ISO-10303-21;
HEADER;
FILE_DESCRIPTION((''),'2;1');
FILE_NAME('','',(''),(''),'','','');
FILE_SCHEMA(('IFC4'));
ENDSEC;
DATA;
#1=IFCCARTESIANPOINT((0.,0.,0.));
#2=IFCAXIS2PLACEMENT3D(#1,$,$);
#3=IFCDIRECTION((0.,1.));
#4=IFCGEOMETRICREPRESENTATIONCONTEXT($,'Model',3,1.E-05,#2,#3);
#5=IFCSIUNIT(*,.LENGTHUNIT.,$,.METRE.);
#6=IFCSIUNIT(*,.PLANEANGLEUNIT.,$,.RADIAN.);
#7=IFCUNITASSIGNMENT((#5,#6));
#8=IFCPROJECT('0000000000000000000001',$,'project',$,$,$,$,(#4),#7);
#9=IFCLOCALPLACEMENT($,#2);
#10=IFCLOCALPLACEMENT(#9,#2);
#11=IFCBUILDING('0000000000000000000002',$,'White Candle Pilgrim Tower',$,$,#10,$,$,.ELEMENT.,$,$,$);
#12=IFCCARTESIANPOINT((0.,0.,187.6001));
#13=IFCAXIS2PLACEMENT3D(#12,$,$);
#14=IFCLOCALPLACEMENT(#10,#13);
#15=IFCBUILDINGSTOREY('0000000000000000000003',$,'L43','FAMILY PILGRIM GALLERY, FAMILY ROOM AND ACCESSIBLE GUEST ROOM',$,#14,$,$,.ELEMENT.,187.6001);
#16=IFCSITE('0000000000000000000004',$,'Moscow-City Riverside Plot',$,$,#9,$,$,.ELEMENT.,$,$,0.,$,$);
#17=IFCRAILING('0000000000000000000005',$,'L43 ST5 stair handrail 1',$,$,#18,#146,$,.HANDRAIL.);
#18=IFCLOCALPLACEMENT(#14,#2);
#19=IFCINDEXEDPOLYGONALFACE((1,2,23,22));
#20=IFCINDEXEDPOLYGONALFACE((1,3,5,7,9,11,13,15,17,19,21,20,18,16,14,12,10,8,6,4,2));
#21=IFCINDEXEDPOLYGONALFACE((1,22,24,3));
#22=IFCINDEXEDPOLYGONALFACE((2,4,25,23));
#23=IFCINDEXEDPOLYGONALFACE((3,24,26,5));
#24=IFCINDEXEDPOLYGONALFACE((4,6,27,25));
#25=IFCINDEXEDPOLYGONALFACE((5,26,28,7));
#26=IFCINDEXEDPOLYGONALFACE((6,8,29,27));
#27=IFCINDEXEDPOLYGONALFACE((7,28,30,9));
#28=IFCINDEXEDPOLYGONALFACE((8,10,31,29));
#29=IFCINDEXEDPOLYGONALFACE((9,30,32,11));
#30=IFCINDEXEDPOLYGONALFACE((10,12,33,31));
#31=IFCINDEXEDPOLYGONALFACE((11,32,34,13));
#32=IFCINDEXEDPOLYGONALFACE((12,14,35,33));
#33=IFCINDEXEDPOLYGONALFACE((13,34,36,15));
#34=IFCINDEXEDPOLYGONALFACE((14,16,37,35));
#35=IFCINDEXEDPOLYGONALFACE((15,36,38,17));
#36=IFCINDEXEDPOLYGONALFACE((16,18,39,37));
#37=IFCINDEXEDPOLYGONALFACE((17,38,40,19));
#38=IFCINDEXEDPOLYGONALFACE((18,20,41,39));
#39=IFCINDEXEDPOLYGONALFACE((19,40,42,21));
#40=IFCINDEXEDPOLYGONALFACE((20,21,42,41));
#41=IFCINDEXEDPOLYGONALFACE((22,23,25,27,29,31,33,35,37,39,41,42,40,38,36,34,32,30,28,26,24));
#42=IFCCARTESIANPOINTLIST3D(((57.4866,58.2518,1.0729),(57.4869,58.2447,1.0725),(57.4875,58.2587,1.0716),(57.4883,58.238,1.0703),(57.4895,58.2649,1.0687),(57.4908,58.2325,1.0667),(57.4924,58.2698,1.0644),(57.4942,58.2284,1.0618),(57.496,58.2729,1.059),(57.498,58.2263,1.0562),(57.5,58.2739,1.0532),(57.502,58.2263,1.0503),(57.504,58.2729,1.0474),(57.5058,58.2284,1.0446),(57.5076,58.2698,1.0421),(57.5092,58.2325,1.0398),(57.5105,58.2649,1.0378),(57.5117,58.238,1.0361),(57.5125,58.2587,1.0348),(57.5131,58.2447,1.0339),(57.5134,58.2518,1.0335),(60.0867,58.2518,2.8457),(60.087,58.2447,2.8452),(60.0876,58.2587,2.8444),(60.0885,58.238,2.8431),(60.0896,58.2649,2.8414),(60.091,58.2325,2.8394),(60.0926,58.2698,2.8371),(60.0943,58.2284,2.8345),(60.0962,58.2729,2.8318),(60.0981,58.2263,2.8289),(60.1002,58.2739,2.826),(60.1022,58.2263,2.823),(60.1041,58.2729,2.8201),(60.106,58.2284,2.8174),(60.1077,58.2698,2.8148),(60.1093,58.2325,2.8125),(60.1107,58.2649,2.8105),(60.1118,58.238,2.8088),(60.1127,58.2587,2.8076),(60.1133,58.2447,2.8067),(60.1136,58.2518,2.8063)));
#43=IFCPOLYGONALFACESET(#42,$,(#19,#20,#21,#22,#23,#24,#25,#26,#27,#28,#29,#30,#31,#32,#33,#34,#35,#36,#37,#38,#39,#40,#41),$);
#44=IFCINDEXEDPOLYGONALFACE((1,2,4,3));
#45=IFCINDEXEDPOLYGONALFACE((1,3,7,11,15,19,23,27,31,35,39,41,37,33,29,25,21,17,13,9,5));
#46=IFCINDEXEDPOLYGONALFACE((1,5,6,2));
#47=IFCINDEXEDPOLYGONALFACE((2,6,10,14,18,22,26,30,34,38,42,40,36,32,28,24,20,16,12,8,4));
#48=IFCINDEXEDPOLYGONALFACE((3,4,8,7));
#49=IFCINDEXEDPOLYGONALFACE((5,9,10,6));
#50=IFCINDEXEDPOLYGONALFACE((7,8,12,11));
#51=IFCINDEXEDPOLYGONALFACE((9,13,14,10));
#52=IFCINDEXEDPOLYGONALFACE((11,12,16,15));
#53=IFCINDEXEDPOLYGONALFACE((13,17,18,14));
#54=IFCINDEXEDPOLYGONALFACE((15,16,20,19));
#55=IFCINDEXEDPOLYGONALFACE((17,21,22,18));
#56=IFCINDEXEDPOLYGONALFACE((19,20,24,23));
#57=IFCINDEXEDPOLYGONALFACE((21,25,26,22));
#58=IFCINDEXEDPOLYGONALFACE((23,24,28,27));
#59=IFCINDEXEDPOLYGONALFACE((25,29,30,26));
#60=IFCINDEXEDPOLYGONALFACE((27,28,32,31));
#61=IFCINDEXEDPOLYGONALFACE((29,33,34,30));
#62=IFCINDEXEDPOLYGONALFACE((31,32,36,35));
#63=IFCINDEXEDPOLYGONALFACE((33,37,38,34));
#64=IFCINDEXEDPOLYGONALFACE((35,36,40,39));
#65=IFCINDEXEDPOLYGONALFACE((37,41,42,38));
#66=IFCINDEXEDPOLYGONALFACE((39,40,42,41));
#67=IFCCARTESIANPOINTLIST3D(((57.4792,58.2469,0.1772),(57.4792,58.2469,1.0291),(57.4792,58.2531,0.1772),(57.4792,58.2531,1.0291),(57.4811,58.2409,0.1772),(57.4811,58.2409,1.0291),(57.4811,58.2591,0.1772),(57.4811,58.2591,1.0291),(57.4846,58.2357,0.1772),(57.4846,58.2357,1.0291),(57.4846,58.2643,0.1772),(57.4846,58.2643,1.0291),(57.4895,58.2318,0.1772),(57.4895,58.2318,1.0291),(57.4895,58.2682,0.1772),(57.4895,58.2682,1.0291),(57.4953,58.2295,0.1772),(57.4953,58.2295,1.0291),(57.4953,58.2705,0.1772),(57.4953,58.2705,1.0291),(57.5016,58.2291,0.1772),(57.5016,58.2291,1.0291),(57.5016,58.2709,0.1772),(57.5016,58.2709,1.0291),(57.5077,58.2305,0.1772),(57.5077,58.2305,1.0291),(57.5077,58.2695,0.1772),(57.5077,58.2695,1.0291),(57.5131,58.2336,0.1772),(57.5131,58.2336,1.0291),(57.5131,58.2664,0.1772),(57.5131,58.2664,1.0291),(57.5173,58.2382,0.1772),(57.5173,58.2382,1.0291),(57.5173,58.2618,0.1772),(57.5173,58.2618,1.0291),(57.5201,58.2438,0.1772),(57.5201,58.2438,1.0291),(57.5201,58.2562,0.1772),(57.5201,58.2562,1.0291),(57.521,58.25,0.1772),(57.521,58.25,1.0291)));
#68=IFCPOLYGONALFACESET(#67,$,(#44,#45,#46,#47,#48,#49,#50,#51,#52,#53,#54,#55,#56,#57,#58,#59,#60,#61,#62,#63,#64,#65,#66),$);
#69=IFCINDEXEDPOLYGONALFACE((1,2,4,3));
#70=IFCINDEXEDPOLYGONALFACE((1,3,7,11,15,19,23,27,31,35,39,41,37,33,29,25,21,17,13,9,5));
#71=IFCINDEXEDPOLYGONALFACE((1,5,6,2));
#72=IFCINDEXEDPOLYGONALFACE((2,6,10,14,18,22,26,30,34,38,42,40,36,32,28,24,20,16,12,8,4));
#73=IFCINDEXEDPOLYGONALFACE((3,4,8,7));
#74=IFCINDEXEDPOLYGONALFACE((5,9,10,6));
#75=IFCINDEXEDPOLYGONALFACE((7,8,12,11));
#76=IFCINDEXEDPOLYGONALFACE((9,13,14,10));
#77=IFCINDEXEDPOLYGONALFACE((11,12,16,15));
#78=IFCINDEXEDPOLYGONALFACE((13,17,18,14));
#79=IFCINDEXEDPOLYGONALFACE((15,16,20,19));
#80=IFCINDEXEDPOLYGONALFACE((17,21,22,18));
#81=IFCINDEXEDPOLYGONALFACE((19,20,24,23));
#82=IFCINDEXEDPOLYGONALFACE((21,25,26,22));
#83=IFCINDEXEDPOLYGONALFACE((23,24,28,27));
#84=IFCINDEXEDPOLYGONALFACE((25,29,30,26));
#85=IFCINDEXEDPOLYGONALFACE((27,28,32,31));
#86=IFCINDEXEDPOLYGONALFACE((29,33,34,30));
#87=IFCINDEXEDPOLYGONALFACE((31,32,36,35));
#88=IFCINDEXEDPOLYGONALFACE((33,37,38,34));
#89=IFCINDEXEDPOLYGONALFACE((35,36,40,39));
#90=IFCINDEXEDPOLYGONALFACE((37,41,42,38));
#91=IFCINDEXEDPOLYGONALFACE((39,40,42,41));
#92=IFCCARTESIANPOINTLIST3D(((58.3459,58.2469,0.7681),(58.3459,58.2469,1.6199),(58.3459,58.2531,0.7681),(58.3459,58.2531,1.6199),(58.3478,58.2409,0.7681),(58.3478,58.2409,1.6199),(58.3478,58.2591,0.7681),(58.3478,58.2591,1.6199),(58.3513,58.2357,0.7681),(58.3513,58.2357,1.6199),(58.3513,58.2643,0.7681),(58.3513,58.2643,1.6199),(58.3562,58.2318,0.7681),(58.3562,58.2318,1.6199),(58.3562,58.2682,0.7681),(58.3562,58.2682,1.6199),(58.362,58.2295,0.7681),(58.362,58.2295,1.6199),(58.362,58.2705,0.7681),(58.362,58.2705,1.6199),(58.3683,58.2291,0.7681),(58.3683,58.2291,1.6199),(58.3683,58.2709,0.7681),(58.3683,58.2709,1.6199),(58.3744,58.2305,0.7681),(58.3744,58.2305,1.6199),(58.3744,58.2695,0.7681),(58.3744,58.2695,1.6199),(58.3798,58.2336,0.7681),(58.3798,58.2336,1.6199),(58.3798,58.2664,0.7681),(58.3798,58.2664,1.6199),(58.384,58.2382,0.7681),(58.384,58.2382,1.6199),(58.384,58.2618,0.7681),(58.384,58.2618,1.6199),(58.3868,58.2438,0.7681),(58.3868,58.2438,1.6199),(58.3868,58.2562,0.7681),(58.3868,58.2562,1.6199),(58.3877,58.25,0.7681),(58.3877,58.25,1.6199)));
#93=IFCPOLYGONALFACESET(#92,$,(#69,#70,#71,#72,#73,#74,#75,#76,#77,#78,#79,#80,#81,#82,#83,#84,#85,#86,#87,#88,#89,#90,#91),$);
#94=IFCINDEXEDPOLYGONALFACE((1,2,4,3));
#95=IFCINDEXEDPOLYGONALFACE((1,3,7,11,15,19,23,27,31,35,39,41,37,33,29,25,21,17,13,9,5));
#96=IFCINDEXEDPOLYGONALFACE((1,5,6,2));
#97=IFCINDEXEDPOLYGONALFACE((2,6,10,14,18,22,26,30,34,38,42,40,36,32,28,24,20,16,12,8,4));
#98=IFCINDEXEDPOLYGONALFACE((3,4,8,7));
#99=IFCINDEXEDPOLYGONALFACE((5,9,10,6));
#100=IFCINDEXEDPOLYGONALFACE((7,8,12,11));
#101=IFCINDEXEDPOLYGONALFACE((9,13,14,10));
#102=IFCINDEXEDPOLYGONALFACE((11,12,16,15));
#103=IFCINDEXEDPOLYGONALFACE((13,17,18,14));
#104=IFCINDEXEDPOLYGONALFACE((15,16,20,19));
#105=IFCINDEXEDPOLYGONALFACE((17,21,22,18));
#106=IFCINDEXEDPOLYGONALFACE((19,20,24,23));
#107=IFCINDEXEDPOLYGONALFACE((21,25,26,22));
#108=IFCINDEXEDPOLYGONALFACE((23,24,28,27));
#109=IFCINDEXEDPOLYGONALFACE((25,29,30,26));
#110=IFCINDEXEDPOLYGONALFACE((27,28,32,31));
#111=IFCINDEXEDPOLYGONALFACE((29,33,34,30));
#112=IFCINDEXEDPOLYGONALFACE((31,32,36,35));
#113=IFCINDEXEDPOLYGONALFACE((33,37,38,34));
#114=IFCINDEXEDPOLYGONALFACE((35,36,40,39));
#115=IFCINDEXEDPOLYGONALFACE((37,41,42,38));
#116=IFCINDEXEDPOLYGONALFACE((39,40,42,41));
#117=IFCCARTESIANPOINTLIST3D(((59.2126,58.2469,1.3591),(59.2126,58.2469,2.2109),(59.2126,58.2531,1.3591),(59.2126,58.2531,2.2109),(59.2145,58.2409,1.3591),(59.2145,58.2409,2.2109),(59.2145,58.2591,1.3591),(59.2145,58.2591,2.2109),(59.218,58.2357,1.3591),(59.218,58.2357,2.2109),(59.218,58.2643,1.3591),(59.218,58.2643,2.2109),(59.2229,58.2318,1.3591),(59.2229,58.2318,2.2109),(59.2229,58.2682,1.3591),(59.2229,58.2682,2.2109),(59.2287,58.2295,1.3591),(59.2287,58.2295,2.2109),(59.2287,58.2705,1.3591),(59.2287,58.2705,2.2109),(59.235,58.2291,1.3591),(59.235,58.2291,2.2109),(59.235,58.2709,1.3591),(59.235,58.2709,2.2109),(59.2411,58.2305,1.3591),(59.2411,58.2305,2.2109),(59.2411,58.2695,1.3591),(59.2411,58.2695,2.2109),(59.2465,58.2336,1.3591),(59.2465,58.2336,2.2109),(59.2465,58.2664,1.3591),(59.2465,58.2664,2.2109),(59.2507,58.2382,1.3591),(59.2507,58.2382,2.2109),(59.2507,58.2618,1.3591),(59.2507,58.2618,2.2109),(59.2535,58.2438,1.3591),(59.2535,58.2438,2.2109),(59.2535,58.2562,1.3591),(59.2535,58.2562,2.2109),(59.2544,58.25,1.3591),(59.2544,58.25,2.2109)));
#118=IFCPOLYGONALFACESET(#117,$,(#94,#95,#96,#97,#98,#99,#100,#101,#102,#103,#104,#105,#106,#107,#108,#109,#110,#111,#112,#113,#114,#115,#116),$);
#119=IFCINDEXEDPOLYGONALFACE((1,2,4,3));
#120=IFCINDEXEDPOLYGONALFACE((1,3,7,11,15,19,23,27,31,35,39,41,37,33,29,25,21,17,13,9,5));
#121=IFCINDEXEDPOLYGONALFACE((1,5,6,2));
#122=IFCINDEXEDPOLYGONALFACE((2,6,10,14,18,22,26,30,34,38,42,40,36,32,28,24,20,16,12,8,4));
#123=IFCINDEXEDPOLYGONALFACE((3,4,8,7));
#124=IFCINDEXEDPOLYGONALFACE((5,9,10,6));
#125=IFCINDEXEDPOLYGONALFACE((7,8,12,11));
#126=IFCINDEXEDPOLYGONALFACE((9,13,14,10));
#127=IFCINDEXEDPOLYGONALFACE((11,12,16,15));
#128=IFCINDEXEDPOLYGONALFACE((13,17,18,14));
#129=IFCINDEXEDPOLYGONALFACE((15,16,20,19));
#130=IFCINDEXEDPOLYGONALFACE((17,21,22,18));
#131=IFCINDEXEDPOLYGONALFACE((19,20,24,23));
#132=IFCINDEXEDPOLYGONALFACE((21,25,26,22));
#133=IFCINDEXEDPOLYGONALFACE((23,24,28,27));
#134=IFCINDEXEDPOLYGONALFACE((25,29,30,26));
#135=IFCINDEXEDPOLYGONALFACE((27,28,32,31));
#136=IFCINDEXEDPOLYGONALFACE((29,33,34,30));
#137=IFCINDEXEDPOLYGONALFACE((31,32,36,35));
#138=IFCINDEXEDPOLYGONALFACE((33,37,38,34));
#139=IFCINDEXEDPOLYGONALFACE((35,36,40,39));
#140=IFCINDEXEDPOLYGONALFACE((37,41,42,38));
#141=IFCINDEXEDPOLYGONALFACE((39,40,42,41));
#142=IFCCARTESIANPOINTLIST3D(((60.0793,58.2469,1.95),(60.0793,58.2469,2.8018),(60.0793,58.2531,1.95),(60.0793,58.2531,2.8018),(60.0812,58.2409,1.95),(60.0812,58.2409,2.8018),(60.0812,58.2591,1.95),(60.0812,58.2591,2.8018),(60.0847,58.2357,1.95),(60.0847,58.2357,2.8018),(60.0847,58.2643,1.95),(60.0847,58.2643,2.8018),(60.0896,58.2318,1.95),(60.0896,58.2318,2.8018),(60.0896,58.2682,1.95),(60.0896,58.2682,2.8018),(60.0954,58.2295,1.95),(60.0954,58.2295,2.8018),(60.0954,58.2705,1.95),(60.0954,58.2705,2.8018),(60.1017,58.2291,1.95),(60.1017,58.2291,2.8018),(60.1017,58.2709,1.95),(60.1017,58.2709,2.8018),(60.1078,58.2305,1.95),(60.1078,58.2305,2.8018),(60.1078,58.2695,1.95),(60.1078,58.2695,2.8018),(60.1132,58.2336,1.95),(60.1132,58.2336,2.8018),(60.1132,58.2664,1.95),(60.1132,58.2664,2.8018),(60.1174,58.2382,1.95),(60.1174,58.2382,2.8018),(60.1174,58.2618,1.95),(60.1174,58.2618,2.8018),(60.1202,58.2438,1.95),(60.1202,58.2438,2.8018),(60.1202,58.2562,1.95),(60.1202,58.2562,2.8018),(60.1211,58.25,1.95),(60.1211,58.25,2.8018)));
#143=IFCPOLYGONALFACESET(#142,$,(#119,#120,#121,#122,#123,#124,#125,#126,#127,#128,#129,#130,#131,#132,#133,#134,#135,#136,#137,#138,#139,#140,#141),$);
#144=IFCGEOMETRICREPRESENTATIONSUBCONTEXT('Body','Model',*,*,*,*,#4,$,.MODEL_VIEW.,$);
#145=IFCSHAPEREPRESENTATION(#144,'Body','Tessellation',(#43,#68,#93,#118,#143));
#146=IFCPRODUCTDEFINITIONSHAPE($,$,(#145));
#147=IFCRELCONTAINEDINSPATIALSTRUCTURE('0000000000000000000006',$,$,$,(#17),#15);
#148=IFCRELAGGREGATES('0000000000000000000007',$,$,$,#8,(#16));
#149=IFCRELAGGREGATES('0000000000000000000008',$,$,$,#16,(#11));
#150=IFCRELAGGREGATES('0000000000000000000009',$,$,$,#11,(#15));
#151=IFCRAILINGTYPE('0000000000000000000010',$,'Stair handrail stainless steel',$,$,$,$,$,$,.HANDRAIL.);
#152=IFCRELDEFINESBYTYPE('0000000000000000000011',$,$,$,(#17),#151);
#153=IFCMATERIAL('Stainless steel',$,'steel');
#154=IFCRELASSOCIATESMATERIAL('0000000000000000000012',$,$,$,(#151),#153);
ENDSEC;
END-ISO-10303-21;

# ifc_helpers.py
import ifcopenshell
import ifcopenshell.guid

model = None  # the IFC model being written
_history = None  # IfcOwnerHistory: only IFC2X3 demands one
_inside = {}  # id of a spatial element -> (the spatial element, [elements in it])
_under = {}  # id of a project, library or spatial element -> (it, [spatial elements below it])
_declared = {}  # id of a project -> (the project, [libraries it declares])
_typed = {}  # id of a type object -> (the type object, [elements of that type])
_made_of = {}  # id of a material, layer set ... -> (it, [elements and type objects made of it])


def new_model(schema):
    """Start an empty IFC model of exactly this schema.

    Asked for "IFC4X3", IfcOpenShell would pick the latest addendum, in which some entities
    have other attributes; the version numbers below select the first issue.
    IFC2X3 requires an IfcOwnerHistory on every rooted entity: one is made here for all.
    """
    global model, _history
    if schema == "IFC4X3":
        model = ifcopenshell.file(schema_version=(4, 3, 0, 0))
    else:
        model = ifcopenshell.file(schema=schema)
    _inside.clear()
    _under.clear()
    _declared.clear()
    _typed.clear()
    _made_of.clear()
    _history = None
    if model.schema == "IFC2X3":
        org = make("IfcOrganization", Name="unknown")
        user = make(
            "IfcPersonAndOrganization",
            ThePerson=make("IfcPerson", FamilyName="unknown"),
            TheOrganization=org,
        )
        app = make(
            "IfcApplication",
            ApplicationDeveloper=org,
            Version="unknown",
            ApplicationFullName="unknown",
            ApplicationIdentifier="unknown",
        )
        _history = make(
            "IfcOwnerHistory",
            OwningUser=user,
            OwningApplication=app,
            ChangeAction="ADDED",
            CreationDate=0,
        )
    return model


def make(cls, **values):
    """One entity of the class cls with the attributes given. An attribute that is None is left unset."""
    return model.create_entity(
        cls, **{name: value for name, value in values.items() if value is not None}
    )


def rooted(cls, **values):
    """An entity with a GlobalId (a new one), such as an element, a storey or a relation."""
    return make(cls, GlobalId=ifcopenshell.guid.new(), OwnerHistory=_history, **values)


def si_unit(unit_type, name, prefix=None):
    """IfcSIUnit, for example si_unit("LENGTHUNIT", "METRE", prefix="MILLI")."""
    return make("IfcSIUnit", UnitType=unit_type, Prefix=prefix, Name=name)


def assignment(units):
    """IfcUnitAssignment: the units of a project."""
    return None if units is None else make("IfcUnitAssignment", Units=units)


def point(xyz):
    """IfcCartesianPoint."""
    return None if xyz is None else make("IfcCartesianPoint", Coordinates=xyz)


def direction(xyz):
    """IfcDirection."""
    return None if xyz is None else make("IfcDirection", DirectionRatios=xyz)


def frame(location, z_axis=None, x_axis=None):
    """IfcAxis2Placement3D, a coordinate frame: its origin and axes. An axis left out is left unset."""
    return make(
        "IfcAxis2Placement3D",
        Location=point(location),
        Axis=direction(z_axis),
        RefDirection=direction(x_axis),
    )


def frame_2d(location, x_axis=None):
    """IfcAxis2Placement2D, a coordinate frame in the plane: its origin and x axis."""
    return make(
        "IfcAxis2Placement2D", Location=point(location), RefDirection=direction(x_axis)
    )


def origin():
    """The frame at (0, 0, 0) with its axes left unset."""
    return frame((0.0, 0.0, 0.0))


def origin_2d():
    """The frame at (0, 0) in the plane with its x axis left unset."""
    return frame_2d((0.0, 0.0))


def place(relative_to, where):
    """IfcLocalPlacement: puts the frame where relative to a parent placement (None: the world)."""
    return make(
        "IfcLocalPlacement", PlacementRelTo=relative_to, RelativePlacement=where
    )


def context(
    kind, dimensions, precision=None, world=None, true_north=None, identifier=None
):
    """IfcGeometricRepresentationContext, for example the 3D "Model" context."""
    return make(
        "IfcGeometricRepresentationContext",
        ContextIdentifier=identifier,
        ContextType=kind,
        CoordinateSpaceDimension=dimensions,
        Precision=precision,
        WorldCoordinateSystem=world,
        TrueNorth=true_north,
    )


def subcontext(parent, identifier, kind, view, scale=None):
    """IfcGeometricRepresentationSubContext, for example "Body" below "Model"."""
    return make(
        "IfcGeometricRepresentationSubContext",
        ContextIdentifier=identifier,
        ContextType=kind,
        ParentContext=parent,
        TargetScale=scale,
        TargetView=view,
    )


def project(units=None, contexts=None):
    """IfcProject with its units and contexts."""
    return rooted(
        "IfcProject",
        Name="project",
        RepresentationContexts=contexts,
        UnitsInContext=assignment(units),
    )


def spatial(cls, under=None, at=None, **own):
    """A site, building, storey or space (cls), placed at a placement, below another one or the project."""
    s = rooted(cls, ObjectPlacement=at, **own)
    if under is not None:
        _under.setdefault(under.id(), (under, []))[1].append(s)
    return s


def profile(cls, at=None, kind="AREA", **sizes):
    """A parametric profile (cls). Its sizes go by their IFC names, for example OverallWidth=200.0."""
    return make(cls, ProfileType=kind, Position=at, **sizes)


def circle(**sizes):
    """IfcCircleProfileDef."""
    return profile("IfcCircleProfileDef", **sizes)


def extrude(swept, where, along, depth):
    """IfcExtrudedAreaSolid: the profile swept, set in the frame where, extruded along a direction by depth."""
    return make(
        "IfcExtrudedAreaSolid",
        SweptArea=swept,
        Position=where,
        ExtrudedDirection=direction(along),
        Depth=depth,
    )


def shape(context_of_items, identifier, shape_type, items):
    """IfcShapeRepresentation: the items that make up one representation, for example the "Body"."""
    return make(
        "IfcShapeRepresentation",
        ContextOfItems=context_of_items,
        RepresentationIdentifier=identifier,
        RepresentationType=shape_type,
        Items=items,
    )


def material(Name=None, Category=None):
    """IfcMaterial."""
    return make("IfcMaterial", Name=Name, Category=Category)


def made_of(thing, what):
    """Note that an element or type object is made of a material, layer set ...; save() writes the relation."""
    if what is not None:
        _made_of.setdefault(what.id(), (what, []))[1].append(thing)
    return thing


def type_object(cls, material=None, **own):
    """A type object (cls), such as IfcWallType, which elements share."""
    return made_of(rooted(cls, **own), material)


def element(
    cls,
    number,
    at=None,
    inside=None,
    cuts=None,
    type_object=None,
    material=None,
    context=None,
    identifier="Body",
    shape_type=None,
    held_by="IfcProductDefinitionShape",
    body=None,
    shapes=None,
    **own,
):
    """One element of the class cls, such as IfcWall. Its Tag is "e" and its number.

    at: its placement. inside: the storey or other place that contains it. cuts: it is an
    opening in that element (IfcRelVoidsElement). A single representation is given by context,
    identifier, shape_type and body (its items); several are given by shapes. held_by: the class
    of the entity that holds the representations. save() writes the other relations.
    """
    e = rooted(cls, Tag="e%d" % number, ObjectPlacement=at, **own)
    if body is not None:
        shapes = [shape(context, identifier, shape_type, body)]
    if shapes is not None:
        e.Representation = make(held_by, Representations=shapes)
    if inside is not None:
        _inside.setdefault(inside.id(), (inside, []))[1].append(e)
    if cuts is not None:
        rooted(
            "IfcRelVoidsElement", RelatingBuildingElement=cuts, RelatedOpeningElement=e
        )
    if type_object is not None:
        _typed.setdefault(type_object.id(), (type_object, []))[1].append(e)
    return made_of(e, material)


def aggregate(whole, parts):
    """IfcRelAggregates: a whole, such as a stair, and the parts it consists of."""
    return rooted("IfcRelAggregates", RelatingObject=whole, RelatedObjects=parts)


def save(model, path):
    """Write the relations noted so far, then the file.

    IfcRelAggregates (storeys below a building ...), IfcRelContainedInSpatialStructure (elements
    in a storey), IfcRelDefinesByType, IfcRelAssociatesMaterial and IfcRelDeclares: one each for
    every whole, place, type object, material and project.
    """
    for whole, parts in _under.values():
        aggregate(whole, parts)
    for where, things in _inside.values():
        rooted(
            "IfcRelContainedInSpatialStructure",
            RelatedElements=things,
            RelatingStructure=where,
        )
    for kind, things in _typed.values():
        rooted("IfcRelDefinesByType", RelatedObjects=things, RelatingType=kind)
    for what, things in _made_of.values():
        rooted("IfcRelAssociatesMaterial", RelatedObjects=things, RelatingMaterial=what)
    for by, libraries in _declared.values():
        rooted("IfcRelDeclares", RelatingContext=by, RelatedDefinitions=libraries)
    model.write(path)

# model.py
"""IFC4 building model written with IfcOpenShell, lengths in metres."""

from ifc_helpers import new_model, si_unit, direction, frame, origin, origin_2d, place, context, subcontext, project, spatial, circle, extrude, material, type_object, element, save


model = new_model("IFC4")

# Units and contexts
model_context = context("Model", 3, precision=1e-05, world=origin(), true_north=direction((0.0, 1.0)))
body_context = subcontext(model_context, "Body", "Model", "MODEL_VIEW")
ifc_project = project(units=[si_unit("LENGTHUNIT", "METRE"), si_unit("PLANEANGLEUNIT", "RADIAN")], contexts=[model_context])

# Site, building, storey
site_placement = place(None, origin())
site = spatial("IfcSite", under=ifc_project, at=site_placement, Name="Moscow-City Riverside Plot", CompositionType="ELEMENT", RefElevation=0.0)
building_placement = place(site_placement, origin())
building = spatial("IfcBuilding", under=site, at=building_placement, Name="White Candle Pilgrim Tower", CompositionType="ELEMENT")
storey_placement = place(building_placement, frame((0.0, 0.0, 187.6001)))
storey = spatial("IfcBuildingStorey", under=building, at=storey_placement, Name="L43", Description="FAMILY PILGRIM GALLERY, FAMILY ROOM AND ACCESSIBLE GUEST ROOM", CompositionType="ELEMENT", Elevation=187.6001)

# Railing
ifc_material_1 = material(Name="Stainless steel", Category="steel")
railing_type_1 = type_object("IfcRailingType", Name="Stair handrail stainless steel", PredefinedType="HANDRAIL", material=ifc_material_1)
railing_1_placement = place(storey_placement, frame((57.5, 58.25, 0.1772)))
element("IfcRailing", 1, at=railing_1_placement, inside=storey, type_object=railing_type_1, Name="L43 ST5 stair handrail 1", PredefinedType="HANDRAIL", context=body_context, shape_type="SweptSolid", body=[
    extrude(circle(Radius=0.0239, at=origin_2d()), frame((0.0, 0.0, 0.876), z_axis=(0.82624, 0.0, 0.563318), x_axis=(0.0, 1.0, 0.0)), (0.0, 0.0, 1.0), 3.147),
    extrude(circle(Radius=0.021, at=origin_2d()), origin(), (0.0, 0.0, 1.0), 0.8518),
    extrude(circle(Radius=0.021, at=origin_2d()), frame((0.8667, 0.0, 0.5908)), (0.0, 0.0, 1.0), 0.8518),
    extrude(circle(Radius=0.021, at=origin_2d()), frame((1.7334, 0.0, 1.1819)), (0.0, 0.0, 1.0), 0.8518),
    extrude(circle(Radius=0.021, at=origin_2d()), frame((2.6001, 0.0, 1.7727)), (0.0, 0.0, 1.0), 0.8518),
])

save(model, "model.ifc")
